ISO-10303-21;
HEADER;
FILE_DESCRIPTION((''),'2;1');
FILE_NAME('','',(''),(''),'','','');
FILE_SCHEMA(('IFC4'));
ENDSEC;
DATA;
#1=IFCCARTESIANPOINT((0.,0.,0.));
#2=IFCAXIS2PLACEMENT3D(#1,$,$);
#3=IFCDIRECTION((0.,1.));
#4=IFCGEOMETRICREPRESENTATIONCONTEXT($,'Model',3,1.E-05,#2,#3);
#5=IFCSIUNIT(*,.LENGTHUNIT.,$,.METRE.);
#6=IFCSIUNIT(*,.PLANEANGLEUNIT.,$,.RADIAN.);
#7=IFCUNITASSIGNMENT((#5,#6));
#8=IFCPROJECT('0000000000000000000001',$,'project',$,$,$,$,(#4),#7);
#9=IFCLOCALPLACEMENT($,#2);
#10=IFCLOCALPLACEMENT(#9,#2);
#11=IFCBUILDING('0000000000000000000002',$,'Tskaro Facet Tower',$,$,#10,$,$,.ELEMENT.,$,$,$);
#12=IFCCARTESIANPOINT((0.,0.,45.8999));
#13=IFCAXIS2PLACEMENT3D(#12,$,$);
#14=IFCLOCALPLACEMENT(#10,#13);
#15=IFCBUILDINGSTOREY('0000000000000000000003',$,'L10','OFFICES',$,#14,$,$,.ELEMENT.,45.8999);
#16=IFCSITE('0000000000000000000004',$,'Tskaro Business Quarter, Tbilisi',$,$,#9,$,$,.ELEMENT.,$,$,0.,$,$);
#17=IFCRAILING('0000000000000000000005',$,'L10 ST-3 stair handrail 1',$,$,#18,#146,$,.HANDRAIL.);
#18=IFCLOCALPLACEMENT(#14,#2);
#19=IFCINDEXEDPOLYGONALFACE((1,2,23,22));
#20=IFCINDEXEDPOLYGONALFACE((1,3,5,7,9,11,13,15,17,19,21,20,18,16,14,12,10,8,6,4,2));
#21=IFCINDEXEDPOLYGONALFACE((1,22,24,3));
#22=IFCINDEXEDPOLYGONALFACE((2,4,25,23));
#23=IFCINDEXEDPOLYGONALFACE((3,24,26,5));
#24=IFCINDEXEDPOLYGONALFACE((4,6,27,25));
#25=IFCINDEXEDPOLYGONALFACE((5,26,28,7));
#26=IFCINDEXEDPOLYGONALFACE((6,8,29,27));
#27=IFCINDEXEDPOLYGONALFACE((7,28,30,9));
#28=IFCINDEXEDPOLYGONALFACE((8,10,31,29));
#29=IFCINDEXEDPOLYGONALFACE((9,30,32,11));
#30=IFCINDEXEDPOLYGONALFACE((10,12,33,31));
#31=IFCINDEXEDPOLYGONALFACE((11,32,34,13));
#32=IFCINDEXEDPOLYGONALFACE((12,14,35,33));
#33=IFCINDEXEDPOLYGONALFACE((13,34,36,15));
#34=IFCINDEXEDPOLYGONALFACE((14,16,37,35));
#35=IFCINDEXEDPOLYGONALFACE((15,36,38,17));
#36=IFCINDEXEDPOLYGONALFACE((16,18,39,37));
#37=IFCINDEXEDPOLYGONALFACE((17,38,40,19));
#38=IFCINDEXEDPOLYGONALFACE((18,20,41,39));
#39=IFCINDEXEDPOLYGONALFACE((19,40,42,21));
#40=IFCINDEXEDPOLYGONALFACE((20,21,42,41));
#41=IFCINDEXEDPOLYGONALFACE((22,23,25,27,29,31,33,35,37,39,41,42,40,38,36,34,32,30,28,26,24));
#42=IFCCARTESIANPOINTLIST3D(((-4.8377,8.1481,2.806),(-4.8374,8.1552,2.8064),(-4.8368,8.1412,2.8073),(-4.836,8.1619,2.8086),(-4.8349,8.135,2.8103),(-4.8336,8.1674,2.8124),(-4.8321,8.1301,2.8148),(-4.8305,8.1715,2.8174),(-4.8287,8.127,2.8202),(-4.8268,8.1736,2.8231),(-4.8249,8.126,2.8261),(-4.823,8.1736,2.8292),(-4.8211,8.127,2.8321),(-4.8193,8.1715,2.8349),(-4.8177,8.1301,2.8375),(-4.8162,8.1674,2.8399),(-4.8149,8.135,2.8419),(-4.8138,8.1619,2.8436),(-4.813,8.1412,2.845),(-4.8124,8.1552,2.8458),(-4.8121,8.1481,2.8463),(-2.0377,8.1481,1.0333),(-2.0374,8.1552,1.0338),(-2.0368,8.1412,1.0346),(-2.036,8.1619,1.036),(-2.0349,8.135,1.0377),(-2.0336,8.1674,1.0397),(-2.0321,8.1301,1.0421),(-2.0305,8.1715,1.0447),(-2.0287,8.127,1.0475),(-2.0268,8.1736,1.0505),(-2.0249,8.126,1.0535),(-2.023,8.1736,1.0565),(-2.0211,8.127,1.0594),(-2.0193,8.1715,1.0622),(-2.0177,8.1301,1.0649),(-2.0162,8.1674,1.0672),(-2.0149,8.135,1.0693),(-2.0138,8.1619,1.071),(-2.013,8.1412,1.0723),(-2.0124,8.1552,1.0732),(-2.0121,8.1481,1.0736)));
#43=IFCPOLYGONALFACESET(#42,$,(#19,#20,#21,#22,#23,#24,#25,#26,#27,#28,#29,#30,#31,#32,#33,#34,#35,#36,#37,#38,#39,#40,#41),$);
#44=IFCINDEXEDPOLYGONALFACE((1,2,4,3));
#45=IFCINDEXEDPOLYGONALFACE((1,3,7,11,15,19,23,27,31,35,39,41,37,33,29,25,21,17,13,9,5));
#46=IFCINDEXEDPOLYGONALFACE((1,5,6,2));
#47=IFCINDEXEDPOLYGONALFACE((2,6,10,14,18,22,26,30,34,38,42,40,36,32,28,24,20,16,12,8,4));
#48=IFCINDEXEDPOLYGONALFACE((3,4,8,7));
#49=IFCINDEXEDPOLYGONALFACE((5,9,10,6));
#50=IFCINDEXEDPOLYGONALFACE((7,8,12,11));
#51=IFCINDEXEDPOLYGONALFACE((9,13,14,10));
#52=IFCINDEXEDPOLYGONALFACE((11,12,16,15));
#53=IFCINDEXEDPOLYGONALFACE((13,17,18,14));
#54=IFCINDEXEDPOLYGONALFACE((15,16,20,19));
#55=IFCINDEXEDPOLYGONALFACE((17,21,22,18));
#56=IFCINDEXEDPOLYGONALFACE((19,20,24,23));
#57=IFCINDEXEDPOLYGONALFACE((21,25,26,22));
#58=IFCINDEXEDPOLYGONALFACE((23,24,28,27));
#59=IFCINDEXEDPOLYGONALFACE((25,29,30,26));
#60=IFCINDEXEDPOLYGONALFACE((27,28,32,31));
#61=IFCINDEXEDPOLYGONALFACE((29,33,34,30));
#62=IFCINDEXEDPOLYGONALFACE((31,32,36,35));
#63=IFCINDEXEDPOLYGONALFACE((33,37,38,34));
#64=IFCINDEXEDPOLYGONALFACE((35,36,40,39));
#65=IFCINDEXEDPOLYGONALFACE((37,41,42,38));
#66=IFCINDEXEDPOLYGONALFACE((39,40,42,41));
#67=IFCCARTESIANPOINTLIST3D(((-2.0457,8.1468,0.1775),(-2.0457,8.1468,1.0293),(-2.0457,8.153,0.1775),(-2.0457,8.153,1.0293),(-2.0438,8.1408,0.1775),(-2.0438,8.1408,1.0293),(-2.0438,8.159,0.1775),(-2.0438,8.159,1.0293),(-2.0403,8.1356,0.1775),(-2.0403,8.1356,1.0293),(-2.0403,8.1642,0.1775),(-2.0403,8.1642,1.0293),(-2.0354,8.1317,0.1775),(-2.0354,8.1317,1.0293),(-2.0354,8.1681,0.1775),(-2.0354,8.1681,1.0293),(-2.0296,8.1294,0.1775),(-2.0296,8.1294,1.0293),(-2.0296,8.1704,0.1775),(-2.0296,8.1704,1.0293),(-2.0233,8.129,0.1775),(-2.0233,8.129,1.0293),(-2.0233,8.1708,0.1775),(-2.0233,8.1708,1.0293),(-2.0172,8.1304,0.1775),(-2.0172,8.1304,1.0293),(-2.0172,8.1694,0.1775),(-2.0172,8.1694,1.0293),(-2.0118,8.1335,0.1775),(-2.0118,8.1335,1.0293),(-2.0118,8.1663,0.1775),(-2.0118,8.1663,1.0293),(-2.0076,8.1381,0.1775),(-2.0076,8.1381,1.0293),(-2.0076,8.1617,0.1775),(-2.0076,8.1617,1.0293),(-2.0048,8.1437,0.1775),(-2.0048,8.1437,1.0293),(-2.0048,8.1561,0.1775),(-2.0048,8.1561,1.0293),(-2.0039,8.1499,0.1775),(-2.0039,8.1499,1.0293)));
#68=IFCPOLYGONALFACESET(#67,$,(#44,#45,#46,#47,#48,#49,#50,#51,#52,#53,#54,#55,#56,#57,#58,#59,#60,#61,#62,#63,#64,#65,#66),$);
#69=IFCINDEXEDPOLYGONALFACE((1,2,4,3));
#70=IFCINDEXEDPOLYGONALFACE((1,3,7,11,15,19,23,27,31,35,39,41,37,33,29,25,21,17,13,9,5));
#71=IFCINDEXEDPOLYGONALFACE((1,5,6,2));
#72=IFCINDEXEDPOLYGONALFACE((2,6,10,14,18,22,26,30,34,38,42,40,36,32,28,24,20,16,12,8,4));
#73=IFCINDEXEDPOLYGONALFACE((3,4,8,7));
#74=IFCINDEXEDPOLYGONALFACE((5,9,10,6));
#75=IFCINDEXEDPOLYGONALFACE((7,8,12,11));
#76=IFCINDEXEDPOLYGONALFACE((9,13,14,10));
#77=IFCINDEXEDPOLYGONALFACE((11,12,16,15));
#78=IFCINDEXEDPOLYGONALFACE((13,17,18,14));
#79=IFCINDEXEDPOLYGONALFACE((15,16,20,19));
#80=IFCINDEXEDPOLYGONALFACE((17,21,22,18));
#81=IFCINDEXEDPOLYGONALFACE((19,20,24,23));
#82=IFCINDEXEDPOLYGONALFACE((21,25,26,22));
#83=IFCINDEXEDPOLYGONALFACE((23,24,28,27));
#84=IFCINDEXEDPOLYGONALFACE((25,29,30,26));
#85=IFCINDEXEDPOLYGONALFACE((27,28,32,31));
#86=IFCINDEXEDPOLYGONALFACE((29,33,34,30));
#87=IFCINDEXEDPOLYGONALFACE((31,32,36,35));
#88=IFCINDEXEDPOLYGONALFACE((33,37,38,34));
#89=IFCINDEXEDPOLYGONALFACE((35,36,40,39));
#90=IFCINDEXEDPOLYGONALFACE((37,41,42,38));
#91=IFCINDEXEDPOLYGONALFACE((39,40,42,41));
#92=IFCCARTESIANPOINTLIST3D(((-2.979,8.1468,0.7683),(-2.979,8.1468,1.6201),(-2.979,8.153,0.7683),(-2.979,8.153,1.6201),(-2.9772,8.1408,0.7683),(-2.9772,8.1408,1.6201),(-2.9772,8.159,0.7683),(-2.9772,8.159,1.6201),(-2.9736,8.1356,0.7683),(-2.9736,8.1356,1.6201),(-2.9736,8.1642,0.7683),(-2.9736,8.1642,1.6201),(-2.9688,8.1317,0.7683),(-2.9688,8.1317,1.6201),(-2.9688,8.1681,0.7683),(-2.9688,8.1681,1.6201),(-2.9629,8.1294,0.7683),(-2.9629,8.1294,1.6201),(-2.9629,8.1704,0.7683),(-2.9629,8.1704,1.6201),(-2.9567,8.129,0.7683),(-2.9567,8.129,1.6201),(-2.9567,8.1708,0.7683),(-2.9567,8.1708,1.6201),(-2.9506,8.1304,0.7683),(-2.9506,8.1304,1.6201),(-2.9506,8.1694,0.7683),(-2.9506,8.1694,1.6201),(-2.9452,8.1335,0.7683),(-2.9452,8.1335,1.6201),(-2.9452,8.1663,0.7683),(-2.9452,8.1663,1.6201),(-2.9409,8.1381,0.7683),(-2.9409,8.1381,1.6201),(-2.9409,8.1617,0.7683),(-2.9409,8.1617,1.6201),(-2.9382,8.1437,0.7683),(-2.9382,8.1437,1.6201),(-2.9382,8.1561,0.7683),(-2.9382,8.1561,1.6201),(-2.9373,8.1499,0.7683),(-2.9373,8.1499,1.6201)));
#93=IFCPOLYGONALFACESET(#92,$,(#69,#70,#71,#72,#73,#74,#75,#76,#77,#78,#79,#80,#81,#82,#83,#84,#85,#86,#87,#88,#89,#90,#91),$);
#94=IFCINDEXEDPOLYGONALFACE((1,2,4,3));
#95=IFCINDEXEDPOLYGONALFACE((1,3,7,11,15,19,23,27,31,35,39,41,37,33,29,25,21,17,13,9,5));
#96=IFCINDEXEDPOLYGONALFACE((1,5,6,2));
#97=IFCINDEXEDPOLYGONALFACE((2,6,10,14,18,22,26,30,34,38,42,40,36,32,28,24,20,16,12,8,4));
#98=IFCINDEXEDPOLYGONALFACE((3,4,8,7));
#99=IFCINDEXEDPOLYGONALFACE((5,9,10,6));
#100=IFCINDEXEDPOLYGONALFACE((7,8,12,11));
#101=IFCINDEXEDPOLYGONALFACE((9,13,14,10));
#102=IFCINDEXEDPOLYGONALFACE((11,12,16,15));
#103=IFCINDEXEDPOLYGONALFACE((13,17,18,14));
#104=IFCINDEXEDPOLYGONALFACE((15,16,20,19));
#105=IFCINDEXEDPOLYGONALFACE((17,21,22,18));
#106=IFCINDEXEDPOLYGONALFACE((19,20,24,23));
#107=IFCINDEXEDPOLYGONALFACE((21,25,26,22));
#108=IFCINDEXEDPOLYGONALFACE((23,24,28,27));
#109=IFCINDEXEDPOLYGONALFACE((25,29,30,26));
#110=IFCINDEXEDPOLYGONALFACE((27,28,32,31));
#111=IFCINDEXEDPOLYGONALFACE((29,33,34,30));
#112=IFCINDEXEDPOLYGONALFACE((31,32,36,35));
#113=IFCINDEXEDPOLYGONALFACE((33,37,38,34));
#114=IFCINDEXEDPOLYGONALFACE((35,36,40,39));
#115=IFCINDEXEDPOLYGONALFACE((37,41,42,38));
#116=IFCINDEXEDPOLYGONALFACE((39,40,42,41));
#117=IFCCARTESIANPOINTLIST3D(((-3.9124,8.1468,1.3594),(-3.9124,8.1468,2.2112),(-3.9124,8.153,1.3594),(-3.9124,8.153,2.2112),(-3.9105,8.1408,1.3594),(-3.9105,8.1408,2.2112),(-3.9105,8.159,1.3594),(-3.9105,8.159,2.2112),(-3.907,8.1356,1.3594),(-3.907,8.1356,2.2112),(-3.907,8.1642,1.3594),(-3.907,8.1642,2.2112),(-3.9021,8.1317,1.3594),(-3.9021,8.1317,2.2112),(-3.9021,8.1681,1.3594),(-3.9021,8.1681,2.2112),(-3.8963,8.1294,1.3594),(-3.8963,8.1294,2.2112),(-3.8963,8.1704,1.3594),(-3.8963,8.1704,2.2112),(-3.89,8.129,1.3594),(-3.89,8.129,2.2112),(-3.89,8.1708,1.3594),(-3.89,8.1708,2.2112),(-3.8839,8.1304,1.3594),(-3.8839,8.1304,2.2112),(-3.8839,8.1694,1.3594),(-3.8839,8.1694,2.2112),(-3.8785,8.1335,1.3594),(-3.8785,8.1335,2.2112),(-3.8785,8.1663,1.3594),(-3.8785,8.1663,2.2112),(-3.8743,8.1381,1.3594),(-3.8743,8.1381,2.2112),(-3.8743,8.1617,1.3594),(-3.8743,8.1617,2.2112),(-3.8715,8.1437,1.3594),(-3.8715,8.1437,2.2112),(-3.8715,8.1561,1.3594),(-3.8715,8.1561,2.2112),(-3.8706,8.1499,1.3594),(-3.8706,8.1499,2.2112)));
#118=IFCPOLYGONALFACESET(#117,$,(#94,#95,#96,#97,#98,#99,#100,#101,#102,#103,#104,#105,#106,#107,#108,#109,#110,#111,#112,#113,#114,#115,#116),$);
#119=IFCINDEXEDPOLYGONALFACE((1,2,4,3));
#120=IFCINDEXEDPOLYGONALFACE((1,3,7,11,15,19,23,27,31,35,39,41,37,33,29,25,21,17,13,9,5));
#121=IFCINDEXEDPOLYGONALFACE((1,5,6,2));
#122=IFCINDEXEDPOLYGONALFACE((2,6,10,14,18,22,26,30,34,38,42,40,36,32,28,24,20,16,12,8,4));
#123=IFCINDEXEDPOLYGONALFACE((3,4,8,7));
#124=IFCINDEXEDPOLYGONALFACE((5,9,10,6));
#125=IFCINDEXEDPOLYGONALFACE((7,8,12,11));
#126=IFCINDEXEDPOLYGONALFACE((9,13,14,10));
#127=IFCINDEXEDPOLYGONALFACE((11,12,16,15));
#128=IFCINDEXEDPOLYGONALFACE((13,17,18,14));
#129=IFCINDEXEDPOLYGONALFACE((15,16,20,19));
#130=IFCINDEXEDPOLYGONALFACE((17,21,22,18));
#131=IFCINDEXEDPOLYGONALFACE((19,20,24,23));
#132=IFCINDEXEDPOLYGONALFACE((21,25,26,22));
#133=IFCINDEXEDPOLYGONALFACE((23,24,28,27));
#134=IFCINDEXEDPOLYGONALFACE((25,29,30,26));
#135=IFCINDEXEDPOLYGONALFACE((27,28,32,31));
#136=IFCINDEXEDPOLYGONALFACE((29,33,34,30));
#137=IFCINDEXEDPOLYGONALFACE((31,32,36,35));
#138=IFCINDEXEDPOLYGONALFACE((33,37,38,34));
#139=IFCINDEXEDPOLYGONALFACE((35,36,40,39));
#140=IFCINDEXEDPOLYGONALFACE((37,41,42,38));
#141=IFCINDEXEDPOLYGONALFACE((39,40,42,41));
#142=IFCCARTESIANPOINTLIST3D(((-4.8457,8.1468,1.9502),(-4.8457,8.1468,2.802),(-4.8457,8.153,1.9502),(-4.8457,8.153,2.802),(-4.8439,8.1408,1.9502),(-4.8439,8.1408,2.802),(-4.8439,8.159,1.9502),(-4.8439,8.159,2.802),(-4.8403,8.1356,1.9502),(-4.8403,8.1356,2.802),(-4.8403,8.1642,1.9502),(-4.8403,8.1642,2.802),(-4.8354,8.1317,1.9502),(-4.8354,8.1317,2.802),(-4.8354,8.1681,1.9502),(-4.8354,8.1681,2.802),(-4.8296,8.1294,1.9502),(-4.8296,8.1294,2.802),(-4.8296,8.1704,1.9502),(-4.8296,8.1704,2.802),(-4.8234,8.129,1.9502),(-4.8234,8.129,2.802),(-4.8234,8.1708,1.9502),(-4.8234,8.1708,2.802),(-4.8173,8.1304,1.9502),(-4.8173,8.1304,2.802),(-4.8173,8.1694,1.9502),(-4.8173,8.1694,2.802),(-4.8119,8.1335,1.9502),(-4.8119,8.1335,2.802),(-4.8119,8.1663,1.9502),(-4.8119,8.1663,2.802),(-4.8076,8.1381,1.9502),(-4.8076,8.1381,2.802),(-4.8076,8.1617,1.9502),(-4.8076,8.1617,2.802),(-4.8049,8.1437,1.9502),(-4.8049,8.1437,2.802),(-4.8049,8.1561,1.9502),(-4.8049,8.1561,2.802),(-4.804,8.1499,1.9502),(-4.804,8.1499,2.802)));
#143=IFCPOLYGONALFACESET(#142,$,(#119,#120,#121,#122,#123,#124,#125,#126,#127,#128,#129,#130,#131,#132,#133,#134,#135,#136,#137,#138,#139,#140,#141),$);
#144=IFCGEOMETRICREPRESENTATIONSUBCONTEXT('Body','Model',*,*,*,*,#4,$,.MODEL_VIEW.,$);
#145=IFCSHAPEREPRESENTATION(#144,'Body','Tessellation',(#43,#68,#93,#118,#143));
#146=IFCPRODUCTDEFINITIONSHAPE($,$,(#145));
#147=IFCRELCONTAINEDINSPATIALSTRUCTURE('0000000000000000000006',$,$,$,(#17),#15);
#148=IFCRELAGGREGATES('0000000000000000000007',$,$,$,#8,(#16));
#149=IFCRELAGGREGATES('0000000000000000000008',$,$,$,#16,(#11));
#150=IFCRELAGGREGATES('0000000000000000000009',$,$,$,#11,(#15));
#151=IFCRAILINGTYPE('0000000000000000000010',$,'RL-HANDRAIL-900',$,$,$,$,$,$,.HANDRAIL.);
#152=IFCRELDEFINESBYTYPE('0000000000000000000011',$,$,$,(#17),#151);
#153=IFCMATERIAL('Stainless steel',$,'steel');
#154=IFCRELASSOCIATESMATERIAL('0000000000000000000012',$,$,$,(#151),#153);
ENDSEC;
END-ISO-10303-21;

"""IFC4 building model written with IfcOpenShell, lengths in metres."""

from ifc_helpers import new_model, si_unit, direction, frame, origin, origin_2d, place, context, subcontext, project, spatial, circle, extrude, material, type_object, element, save


model = new_model("IFC4")

# Units and contexts
model_context = context("Model", 3, precision=1e-05, world=origin(), true_north=direction((0.0, 1.0)))
body_context = subcontext(model_context, "Body", "Model", "MODEL_VIEW")
ifc_project = project(units=[si_unit("LENGTHUNIT", "METRE"), si_unit("PLANEANGLEUNIT", "RADIAN")], contexts=[model_context])

# Site, building, storey
site_placement = place(None, origin())
site = spatial("IfcSite", under=ifc_project, at=site_placement, Name="Tskaro Business Quarter, Tbilisi", CompositionType="ELEMENT", RefElevation=0.0)
building_placement = place(site_placement, origin())
building = spatial("IfcBuilding", under=site, at=building_placement, Name="Tskaro Facet Tower", CompositionType="ELEMENT")
storey_placement = place(building_placement, frame((0.0, 0.0, 45.8999)))
storey = spatial("IfcBuildingStorey", under=building, at=storey_placement, Name="L10", Description="OFFICES", CompositionType="ELEMENT", Elevation=45.8999)

# Railing
ifc_material_1 = material(Name="Stainless steel", Category="steel")
railing_type_1 = type_object("IfcRailingType", Name="RL-HANDRAIL-900", PredefinedType="HANDRAIL", material=ifc_material_1)
railing_1_placement = place(storey_placement, frame((-2.0249, 8.1499, 0.1775)))
element("IfcRailing", 1, at=railing_1_placement, inside=storey, type_object=railing_type_1, Name="L10 ST-3 stair handrail 1", PredefinedType="HANDRAIL", context=body_context, shape_type="SweptSolid", body=[
    extrude(circle(Radius=0.0239, at=origin_2d()), frame((0.0, 0.0, 0.876), z_axis=(-0.844909, 0.0, 0.53491), x_axis=(0.0, -1.0, 0.0)), (0.0, 0.0, 1.0), 3.314),
    extrude(circle(Radius=0.021, at=origin_2d()), origin(), (0.0, 0.0, 1.0), 0.8518),
    extrude(circle(Radius=0.021, at=origin_2d()), frame((-0.9333, 0.0, 0.5908)), (0.0, 0.0, 1.0), 0.8518),
    extrude(circle(Radius=0.021, at=origin_2d()), frame((-1.8667, 0.0, 1.1819)), (0.0, 0.0, 1.0), 0.8518),
    extrude(circle(Radius=0.021, at=origin_2d()), frame((-2.8, 0.0, 1.7727)), (0.0, 0.0, 1.0), 0.8518),
])

save(model, "model.ifc")
